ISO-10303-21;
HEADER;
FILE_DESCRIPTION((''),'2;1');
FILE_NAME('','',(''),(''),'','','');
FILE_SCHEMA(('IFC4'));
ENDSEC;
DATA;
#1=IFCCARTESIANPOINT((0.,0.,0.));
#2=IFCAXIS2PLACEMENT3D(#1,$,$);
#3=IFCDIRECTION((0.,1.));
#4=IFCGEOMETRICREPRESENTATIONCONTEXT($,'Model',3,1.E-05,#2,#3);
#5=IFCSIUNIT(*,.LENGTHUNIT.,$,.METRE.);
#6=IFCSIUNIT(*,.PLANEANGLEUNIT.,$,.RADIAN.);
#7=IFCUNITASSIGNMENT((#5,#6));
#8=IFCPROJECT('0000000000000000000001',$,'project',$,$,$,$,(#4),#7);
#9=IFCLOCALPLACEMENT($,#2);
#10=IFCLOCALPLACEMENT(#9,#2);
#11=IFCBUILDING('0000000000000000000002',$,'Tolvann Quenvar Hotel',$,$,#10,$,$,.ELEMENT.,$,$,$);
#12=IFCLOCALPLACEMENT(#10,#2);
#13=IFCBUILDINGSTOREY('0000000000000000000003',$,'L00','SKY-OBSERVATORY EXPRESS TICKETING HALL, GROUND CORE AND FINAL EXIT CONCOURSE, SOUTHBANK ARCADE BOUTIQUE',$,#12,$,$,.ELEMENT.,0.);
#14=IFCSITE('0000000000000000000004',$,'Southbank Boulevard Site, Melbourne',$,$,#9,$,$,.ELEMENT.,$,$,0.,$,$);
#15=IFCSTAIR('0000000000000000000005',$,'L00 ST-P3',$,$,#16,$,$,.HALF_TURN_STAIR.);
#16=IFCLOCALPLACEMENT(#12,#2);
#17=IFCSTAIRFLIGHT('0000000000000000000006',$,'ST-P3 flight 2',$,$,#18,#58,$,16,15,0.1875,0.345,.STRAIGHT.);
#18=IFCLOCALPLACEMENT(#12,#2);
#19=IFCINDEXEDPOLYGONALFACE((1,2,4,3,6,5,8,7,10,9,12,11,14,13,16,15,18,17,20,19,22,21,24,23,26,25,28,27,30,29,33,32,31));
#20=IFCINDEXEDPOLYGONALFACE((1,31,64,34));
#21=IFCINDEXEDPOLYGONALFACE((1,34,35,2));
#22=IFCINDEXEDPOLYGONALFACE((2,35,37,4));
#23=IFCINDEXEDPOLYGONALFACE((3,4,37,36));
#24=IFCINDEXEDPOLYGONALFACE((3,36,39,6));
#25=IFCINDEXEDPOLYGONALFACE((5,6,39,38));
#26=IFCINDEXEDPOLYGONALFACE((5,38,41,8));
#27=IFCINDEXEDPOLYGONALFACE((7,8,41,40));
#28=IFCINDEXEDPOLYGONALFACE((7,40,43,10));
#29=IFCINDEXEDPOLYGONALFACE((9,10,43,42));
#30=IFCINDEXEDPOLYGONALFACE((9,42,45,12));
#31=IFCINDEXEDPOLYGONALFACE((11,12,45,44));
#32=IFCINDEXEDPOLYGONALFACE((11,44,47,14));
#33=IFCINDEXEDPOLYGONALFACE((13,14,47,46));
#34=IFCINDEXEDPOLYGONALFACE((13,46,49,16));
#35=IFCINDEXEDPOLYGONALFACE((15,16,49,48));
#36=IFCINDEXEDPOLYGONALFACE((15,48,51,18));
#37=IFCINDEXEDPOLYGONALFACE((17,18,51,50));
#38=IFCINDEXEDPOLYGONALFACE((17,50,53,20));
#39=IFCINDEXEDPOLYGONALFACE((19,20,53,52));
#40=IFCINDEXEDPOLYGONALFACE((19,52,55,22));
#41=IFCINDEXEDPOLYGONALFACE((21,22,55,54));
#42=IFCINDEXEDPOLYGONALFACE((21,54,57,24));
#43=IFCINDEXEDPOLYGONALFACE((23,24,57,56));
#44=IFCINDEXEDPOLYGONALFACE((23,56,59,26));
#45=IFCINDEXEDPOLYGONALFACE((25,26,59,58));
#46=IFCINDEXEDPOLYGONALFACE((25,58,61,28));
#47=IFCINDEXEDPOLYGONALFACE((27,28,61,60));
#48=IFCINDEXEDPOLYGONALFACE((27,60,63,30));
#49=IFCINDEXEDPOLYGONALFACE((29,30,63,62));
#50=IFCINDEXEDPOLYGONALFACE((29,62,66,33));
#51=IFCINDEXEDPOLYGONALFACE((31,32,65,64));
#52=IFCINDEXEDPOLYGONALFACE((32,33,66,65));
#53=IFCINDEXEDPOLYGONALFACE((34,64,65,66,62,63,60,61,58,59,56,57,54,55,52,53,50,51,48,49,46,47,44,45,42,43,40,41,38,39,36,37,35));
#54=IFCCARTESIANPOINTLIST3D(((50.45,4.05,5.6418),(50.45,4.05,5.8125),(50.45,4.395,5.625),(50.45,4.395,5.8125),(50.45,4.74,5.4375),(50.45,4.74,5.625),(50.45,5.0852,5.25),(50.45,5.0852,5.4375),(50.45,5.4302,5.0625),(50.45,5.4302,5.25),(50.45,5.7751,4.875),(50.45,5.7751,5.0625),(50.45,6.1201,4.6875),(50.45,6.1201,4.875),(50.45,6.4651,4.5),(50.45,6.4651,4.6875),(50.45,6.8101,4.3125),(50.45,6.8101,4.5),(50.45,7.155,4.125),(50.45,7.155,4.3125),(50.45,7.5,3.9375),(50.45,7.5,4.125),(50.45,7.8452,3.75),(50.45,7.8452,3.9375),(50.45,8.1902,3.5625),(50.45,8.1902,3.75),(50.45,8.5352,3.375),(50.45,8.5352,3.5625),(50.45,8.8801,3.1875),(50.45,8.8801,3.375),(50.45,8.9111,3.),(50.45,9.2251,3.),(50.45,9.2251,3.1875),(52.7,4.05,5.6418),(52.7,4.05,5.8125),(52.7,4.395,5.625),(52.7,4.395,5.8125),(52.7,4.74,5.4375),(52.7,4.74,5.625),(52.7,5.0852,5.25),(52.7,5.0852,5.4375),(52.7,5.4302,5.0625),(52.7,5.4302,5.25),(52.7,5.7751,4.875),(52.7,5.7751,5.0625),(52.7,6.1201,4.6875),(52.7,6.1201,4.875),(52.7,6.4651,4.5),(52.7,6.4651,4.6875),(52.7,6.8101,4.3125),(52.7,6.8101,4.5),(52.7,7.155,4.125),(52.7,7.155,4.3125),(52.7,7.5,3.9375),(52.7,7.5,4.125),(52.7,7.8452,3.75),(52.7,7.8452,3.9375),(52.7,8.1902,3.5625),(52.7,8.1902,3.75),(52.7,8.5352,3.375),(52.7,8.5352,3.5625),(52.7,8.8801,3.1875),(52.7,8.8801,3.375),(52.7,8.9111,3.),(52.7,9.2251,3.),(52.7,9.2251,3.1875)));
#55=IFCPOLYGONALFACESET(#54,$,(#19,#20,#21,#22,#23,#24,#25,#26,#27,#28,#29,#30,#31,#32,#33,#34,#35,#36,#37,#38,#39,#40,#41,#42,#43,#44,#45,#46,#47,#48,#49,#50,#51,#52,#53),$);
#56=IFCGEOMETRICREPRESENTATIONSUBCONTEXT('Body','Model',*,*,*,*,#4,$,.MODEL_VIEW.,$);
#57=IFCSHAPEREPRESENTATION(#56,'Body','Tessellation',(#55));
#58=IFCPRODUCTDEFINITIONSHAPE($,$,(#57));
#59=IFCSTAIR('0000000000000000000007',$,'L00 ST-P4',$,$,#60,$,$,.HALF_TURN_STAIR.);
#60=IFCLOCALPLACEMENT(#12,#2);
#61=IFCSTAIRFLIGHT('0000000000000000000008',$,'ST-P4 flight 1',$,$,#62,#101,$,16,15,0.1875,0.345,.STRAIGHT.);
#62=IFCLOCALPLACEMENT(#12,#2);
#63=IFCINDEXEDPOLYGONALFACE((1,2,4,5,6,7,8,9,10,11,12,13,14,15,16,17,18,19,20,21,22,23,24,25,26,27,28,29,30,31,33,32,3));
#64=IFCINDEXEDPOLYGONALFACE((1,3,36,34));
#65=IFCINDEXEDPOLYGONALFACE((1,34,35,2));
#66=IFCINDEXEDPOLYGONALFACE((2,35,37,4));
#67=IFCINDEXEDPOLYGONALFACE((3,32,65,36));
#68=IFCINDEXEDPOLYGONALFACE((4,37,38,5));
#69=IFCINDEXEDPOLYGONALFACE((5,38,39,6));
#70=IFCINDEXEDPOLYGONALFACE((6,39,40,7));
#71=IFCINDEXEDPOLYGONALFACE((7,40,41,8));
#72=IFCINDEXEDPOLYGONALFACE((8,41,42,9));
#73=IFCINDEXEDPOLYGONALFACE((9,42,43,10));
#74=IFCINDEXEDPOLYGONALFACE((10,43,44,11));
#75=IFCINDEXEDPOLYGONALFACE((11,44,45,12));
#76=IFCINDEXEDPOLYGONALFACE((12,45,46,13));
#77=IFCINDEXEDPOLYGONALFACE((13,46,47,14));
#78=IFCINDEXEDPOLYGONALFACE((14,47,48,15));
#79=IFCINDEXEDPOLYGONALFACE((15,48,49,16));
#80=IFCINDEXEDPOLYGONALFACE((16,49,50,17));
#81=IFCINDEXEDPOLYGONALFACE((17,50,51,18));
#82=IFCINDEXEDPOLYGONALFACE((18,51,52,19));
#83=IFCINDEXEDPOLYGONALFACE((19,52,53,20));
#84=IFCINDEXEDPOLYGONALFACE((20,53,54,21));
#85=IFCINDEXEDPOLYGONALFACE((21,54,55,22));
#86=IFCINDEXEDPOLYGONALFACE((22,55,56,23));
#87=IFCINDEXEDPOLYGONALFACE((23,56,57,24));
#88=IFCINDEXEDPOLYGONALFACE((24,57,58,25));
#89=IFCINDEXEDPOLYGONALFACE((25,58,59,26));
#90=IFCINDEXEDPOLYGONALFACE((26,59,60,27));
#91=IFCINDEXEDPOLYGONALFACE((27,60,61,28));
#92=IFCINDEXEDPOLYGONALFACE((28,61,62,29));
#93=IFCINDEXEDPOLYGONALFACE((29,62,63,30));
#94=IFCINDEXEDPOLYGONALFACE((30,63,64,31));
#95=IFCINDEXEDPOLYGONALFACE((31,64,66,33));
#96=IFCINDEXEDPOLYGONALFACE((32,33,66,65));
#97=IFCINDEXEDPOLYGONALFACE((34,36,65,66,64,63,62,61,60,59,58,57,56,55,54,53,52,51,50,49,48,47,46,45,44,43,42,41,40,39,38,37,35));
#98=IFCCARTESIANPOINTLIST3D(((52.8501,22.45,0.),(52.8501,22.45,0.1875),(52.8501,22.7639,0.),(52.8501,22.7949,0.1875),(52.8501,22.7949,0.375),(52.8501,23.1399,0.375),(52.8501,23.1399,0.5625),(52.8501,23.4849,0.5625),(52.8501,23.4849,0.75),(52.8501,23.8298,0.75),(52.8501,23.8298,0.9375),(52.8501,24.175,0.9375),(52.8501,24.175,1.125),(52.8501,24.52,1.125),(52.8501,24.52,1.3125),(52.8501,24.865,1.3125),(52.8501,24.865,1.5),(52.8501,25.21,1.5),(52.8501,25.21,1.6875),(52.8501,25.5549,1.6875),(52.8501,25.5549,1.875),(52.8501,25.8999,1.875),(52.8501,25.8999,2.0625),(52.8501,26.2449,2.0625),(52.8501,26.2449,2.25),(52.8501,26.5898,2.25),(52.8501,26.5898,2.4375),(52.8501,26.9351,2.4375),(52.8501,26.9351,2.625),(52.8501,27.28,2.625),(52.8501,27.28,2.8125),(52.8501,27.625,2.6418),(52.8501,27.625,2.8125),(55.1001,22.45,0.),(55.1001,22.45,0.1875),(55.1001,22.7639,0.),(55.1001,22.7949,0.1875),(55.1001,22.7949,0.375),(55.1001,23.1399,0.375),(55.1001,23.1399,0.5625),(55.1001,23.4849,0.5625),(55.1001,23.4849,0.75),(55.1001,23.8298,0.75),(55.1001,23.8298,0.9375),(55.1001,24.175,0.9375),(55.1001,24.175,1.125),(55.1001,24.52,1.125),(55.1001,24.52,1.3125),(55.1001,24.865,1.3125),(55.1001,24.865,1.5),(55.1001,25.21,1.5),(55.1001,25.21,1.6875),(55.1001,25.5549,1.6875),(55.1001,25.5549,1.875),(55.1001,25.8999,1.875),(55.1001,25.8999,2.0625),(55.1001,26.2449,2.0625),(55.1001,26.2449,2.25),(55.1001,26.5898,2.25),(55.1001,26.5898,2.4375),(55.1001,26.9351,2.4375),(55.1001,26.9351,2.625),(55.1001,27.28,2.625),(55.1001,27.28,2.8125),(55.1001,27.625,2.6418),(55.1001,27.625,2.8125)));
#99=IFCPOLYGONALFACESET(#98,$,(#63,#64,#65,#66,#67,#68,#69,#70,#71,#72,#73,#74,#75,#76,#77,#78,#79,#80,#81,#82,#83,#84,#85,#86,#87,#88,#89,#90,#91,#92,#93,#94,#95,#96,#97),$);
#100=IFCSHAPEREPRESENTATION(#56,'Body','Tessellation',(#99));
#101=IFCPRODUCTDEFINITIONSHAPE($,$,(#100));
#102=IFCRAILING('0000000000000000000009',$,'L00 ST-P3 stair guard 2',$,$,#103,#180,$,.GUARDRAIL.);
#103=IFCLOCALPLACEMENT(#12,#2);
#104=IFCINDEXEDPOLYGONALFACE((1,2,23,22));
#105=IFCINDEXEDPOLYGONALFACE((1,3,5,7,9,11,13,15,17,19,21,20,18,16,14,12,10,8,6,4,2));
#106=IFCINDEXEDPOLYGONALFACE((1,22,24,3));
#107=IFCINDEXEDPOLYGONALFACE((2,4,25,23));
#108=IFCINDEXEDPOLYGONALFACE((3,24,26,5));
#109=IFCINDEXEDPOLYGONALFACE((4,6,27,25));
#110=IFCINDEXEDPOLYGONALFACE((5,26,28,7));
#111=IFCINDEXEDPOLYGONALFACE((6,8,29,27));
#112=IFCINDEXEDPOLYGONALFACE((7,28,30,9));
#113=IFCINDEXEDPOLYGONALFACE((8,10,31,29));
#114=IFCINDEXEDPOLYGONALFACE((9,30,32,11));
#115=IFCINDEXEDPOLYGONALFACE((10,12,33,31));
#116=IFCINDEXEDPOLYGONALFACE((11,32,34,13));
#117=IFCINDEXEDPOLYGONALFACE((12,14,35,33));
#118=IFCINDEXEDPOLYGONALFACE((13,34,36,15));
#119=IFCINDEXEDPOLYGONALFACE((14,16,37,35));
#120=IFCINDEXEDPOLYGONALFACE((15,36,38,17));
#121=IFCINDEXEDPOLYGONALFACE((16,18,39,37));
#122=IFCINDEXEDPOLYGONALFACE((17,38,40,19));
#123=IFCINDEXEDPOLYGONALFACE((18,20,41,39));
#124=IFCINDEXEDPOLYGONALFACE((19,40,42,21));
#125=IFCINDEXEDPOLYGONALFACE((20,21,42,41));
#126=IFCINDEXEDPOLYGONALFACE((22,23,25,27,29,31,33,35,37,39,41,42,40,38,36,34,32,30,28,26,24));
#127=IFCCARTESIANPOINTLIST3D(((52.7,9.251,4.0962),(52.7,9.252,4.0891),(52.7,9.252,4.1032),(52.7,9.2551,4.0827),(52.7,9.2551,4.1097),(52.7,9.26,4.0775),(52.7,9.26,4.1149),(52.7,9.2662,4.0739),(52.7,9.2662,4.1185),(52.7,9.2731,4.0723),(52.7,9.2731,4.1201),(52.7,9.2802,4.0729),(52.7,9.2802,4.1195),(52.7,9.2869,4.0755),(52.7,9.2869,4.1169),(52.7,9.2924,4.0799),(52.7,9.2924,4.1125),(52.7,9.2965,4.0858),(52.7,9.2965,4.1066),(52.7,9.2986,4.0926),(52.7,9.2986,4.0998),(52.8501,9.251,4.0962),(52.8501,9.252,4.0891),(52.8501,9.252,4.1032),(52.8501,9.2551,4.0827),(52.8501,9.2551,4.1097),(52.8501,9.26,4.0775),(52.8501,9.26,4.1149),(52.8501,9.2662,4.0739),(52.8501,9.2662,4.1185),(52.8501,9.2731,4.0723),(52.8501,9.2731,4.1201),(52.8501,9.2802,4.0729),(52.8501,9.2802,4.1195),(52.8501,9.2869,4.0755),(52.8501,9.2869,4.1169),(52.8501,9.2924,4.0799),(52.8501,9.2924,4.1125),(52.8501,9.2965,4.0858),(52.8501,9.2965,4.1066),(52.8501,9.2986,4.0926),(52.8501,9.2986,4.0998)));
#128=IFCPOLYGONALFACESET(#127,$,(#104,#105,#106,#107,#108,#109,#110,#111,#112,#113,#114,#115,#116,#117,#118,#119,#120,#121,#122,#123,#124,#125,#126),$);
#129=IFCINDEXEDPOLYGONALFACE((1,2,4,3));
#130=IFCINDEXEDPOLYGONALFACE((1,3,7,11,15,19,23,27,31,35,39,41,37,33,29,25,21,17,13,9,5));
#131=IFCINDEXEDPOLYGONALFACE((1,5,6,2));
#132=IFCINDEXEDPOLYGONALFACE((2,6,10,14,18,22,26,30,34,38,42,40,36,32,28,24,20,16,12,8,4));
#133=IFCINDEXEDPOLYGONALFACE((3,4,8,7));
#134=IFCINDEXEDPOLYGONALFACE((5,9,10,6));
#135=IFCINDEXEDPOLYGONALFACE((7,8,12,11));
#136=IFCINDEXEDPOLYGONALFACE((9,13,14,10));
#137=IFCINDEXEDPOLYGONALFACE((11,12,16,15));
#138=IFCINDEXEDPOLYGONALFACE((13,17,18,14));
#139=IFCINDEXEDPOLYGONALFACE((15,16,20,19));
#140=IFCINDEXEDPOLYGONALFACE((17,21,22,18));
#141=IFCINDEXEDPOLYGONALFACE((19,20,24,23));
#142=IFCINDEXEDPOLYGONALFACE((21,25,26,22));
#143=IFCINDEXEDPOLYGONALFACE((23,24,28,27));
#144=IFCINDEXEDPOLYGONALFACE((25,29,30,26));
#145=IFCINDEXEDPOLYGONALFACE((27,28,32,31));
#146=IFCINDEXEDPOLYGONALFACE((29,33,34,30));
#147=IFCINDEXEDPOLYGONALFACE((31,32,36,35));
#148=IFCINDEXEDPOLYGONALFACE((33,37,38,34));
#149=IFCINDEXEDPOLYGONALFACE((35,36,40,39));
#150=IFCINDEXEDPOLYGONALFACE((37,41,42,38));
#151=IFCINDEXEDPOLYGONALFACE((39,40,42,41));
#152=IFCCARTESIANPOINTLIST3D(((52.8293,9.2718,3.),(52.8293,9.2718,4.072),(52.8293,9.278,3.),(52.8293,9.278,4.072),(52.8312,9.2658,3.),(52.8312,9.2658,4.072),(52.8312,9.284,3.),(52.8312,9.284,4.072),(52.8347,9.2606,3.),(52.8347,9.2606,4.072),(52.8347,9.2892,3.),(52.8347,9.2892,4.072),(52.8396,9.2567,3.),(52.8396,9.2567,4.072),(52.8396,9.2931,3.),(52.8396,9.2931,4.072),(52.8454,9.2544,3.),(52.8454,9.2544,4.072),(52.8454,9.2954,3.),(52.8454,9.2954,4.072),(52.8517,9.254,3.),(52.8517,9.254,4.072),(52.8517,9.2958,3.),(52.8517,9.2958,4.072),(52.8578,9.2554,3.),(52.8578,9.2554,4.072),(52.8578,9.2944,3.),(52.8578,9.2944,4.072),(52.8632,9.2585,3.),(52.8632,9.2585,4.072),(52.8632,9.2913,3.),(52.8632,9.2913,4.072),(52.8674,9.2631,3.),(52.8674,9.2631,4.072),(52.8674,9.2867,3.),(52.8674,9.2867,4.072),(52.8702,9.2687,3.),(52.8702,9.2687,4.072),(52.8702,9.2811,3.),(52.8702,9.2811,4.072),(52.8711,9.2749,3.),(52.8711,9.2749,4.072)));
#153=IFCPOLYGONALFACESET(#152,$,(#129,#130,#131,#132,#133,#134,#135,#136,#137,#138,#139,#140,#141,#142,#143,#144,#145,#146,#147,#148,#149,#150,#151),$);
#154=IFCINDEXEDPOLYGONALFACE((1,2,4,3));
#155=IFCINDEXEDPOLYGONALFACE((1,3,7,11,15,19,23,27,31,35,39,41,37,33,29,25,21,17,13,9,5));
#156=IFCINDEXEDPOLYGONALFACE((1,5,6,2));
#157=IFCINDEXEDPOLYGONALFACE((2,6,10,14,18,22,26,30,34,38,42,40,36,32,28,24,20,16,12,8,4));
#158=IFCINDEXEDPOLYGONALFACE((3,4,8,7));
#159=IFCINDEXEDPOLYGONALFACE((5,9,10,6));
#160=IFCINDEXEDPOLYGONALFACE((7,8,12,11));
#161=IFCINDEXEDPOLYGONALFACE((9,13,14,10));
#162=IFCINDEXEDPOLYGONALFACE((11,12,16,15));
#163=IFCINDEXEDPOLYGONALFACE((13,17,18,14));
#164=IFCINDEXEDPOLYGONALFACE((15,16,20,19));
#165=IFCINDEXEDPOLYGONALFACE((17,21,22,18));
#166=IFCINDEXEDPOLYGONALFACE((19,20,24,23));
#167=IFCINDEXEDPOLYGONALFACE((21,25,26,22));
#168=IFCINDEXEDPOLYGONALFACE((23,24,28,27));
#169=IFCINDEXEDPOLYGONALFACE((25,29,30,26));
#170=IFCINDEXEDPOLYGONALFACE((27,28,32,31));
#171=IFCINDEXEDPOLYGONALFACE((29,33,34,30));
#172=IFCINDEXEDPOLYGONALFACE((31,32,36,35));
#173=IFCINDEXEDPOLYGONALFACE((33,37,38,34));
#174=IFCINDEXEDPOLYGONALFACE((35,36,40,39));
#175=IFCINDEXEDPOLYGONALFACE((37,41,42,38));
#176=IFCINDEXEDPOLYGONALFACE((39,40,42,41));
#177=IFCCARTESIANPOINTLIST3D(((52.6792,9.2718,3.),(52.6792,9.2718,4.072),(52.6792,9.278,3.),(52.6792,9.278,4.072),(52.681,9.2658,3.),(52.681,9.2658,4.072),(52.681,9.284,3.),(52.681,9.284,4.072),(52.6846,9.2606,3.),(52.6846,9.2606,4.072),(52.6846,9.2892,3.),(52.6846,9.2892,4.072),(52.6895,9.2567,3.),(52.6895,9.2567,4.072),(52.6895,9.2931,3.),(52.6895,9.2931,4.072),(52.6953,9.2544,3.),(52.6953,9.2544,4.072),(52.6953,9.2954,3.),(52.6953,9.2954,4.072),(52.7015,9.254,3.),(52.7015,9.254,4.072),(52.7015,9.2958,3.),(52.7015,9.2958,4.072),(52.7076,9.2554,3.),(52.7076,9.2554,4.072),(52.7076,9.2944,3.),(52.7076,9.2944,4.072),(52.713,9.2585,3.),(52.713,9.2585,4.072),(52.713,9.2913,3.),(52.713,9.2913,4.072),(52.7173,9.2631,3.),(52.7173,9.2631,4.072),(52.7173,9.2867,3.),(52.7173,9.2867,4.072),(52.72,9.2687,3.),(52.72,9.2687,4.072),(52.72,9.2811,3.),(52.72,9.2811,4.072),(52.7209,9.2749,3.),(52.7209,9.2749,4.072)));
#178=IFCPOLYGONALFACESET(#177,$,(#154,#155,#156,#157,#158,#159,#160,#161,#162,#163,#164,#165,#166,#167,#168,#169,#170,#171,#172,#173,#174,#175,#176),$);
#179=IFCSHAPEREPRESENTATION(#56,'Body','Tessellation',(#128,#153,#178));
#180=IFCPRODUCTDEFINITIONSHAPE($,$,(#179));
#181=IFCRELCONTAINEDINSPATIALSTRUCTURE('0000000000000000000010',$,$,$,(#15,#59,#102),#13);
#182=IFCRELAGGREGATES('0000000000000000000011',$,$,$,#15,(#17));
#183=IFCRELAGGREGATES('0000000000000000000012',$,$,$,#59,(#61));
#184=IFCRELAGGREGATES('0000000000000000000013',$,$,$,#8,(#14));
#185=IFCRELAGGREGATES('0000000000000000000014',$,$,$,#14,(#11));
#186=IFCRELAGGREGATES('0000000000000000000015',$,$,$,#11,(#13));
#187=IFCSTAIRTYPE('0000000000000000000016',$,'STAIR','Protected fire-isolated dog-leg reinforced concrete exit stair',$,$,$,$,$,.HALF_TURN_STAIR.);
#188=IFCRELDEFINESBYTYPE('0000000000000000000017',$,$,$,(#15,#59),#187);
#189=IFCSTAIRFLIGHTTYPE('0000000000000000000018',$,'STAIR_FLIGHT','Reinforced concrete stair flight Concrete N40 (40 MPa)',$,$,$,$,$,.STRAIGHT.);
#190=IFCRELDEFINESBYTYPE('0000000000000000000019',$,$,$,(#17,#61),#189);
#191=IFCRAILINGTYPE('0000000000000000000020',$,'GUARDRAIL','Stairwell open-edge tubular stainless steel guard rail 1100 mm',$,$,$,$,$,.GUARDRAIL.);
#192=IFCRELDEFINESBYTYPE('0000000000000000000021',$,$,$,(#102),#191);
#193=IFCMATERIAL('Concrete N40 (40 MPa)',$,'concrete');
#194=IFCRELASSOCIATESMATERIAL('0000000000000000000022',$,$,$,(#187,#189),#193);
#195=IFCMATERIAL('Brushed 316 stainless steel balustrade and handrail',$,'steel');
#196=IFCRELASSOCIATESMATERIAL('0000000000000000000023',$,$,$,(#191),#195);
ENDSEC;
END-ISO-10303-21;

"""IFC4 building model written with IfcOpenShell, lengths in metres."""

from ifc_helpers import new_model, si_unit, direction, frame, origin, origin_2d, place, context, subcontext, project, spatial, polyline, circle, outline, extrude, material, type_object, element, aggregate, save


model = new_model("IFC4")

# Units and contexts
model_context = context("Model", 3, precision=1e-05, world=origin(), true_north=direction((0.0, 1.0)))
body_context = subcontext(model_context, "Body", "Model", "MODEL_VIEW")
ifc_project = project(units=[si_unit("LENGTHUNIT", "METRE"), si_unit("PLANEANGLEUNIT", "RADIAN")], contexts=[model_context])

# Site, building, storey
site_placement = place(None, origin())
site = spatial("IfcSite", under=ifc_project, at=site_placement, Name="Southbank Boulevard Site, Melbourne", CompositionType="ELEMENT", RefElevation=0.0)
building_placement = place(site_placement, origin())
building = spatial("IfcBuilding", under=site, at=building_placement, Name="Tolvann Quenvar Hotel", CompositionType="ELEMENT")
storey_placement = place(building_placement, origin())
storey = spatial("IfcBuildingStorey", under=building, at=storey_placement, Name="L00", Description="SKY-OBSERVATORY EXPRESS TICKETING HALL, GROUND CORE AND FINAL EXIT CONCOURSE, SOUTHBANK ARCADE BOUTIQUE", CompositionType="ELEMENT", Elevation=0.0)

# Stairs, stair flights
ifc_material_1 = material(Name="Concrete N40 (40 MPa)", Category="concrete")
stair_type = type_object("IfcStairType", Name="STAIR", Description="Protected fire-isolated dog-leg reinforced concrete exit stair", PredefinedType="HALF_TURN_STAIR", material=ifc_material_1)
stair_1_placement = place(storey_placement, origin())
stair_1 = element("IfcStair", 1, at=stair_1_placement, inside=storey, type_object=stair_type, Name="L00 ST-P3", PredefinedType="HALF_TURN_STAIR")
stair_flight_type = type_object("IfcStairFlightType", Name="STAIR_FLIGHT", Description="Reinforced concrete stair flight Concrete N40 (40 MPa)", PredefinedType="STRAIGHT", material=ifc_material_1)
stair_flight_1_placement = place(storey_placement, frame((51.575, 9.2251, 3.0), z_axis=(0.0, 0.0, 1.0), x_axis=(0.0, -1.0, 0.0)))
stair_flight_1 = element("IfcStairFlight", 2, at=stair_flight_1_placement, type_object=stair_flight_type, Name="ST-P3 flight 2", NumberOfRisers=16, NumberOfTreads=15, PredefinedType="STRAIGHT", RiserHeight=0.1875, TreadLength=0.345, context=body_context, shape_type="SweptSolid", body=[
    extrude(outline(polyline([(0.0, 0.0), (0.0, 0.1875), (0.345, 0.1875), (0.345, 0.375), (0.6899, 0.375), (0.6899, 0.5625), (1.0349, 0.5625), (1.0349, 0.75), (1.3799, 0.75), (1.3799, 0.9375), (1.7251, 0.9375), (1.7251, 1.125), (2.0701, 1.125), (2.0701, 1.3125), (2.415, 1.3125), (2.415, 1.5), (2.76, 1.5), (2.76, 1.6875), (3.105, 1.6875), (3.105, 1.875), (3.45, 1.875), (3.45, 2.0625), (3.7949, 2.0625), (3.7949, 2.25), (4.1399, 2.25), (4.1399, 2.4375), (4.4851, 2.4375), (4.4851, 2.625), (4.8301, 2.625), (4.8301, 2.8125), (5.175, 2.8125), (5.175, 3.0), (5.175, 2.6418), (0.314, 0.0), (0.0, 0.0)])), frame((0.0, 1.125, 0.0), z_axis=(0.0, -1.0, 0.0), x_axis=(1.0, 0.0, 0.0)), (0.0, 0.0, 1.0), 2.25),
])
aggregate(stair_1, [stair_flight_1])
stair_2_placement = place(storey_placement, origin())
stair_2 = element("IfcStair", 3, at=stair_2_placement, inside=storey, type_object=stair_type, Name="L00 ST-P4", PredefinedType="HALF_TURN_STAIR")
stair_flight_2_placement = place(storey_placement, frame((53.9751, 22.45, 0.0), z_axis=(0.0, 0.0, 1.0), x_axis=(0.0, 1.0, 0.0)))
stair_flight_2 = element("IfcStairFlight", 4, at=stair_flight_2_placement, type_object=stair_flight_type, Name="ST-P4 flight 1", NumberOfRisers=16, NumberOfTreads=15, PredefinedType="STRAIGHT", RiserHeight=0.1875, TreadLength=0.345, context=body_context, shape_type="SweptSolid", body=[
    extrude(outline(polyline([(0.0, 0.0), (0.0, 0.1875), (0.345, 0.1875), (0.345, 0.375), (0.6899, 0.375), (0.6899, 0.5625), (1.0349, 0.5625), (1.0349, 0.75), (1.3799, 0.75), (1.3799, 0.9375), (1.7251, 0.9375), (1.7251, 1.125), (2.0701, 1.125), (2.0701, 1.3125), (2.415, 1.3125), (2.415, 1.5), (2.76, 1.5), (2.76, 1.6875), (3.105, 1.6875), (3.105, 1.875), (3.45, 1.875), (3.45, 2.0625), (3.7949, 2.0625), (3.7949, 2.25), (4.1399, 2.25), (4.1399, 2.4375), (4.4851, 2.4375), (4.4851, 2.625), (4.8301, 2.625), (4.8301, 2.8125), (5.175, 2.8125), (5.175, 3.0), (5.175, 2.6418), (0.314, 0.0), (0.0, 0.0)])), frame((0.0, 1.125, 0.0), z_axis=(0.0, -1.0, 0.0), x_axis=(1.0, 0.0, 0.0)), (0.0, 0.0, 1.0), 2.25),
])
aggregate(stair_2, [stair_flight_2])

# Railing
ifc_material_2 = material(Name="Brushed 316 stainless steel balustrade and handrail", Category="steel")
railing_type_1 = type_object("IfcRailingType", Name="GUARDRAIL", Description="Stairwell open-edge tubular stainless steel guard rail 1100 mm", PredefinedType="GUARDRAIL", material=ifc_material_2)
railing_1_placement = place(storey_placement, frame((52.8501, 9.2749, 3.0)))
element("IfcRailing", 5, at=railing_1_placement, inside=storey, type_object=railing_type_1, Name="L00 ST-P3 stair guard 2", PredefinedType="GUARDRAIL", context=body_context, shape_type="SweptSolid", body=[
    extrude(circle(Radius=0.0239, at=origin_2d()), frame((0.0, 0.0, 1.0962), z_axis=(-1.0, 0.0, 0.0), x_axis=(0.0, -1.0, 0.0)), (0.0, 0.0, 1.0), 0.1501),
    extrude(circle(Radius=0.021, at=origin_2d()), origin(), (0.0, 0.0, 1.0), 1.072),
    extrude(circle(Radius=0.021, at=origin_2d()), frame((-0.1501, 0.0, 0.0)), (0.0, 0.0, 1.0), 1.072),
])

save(model, "model.ifc")
